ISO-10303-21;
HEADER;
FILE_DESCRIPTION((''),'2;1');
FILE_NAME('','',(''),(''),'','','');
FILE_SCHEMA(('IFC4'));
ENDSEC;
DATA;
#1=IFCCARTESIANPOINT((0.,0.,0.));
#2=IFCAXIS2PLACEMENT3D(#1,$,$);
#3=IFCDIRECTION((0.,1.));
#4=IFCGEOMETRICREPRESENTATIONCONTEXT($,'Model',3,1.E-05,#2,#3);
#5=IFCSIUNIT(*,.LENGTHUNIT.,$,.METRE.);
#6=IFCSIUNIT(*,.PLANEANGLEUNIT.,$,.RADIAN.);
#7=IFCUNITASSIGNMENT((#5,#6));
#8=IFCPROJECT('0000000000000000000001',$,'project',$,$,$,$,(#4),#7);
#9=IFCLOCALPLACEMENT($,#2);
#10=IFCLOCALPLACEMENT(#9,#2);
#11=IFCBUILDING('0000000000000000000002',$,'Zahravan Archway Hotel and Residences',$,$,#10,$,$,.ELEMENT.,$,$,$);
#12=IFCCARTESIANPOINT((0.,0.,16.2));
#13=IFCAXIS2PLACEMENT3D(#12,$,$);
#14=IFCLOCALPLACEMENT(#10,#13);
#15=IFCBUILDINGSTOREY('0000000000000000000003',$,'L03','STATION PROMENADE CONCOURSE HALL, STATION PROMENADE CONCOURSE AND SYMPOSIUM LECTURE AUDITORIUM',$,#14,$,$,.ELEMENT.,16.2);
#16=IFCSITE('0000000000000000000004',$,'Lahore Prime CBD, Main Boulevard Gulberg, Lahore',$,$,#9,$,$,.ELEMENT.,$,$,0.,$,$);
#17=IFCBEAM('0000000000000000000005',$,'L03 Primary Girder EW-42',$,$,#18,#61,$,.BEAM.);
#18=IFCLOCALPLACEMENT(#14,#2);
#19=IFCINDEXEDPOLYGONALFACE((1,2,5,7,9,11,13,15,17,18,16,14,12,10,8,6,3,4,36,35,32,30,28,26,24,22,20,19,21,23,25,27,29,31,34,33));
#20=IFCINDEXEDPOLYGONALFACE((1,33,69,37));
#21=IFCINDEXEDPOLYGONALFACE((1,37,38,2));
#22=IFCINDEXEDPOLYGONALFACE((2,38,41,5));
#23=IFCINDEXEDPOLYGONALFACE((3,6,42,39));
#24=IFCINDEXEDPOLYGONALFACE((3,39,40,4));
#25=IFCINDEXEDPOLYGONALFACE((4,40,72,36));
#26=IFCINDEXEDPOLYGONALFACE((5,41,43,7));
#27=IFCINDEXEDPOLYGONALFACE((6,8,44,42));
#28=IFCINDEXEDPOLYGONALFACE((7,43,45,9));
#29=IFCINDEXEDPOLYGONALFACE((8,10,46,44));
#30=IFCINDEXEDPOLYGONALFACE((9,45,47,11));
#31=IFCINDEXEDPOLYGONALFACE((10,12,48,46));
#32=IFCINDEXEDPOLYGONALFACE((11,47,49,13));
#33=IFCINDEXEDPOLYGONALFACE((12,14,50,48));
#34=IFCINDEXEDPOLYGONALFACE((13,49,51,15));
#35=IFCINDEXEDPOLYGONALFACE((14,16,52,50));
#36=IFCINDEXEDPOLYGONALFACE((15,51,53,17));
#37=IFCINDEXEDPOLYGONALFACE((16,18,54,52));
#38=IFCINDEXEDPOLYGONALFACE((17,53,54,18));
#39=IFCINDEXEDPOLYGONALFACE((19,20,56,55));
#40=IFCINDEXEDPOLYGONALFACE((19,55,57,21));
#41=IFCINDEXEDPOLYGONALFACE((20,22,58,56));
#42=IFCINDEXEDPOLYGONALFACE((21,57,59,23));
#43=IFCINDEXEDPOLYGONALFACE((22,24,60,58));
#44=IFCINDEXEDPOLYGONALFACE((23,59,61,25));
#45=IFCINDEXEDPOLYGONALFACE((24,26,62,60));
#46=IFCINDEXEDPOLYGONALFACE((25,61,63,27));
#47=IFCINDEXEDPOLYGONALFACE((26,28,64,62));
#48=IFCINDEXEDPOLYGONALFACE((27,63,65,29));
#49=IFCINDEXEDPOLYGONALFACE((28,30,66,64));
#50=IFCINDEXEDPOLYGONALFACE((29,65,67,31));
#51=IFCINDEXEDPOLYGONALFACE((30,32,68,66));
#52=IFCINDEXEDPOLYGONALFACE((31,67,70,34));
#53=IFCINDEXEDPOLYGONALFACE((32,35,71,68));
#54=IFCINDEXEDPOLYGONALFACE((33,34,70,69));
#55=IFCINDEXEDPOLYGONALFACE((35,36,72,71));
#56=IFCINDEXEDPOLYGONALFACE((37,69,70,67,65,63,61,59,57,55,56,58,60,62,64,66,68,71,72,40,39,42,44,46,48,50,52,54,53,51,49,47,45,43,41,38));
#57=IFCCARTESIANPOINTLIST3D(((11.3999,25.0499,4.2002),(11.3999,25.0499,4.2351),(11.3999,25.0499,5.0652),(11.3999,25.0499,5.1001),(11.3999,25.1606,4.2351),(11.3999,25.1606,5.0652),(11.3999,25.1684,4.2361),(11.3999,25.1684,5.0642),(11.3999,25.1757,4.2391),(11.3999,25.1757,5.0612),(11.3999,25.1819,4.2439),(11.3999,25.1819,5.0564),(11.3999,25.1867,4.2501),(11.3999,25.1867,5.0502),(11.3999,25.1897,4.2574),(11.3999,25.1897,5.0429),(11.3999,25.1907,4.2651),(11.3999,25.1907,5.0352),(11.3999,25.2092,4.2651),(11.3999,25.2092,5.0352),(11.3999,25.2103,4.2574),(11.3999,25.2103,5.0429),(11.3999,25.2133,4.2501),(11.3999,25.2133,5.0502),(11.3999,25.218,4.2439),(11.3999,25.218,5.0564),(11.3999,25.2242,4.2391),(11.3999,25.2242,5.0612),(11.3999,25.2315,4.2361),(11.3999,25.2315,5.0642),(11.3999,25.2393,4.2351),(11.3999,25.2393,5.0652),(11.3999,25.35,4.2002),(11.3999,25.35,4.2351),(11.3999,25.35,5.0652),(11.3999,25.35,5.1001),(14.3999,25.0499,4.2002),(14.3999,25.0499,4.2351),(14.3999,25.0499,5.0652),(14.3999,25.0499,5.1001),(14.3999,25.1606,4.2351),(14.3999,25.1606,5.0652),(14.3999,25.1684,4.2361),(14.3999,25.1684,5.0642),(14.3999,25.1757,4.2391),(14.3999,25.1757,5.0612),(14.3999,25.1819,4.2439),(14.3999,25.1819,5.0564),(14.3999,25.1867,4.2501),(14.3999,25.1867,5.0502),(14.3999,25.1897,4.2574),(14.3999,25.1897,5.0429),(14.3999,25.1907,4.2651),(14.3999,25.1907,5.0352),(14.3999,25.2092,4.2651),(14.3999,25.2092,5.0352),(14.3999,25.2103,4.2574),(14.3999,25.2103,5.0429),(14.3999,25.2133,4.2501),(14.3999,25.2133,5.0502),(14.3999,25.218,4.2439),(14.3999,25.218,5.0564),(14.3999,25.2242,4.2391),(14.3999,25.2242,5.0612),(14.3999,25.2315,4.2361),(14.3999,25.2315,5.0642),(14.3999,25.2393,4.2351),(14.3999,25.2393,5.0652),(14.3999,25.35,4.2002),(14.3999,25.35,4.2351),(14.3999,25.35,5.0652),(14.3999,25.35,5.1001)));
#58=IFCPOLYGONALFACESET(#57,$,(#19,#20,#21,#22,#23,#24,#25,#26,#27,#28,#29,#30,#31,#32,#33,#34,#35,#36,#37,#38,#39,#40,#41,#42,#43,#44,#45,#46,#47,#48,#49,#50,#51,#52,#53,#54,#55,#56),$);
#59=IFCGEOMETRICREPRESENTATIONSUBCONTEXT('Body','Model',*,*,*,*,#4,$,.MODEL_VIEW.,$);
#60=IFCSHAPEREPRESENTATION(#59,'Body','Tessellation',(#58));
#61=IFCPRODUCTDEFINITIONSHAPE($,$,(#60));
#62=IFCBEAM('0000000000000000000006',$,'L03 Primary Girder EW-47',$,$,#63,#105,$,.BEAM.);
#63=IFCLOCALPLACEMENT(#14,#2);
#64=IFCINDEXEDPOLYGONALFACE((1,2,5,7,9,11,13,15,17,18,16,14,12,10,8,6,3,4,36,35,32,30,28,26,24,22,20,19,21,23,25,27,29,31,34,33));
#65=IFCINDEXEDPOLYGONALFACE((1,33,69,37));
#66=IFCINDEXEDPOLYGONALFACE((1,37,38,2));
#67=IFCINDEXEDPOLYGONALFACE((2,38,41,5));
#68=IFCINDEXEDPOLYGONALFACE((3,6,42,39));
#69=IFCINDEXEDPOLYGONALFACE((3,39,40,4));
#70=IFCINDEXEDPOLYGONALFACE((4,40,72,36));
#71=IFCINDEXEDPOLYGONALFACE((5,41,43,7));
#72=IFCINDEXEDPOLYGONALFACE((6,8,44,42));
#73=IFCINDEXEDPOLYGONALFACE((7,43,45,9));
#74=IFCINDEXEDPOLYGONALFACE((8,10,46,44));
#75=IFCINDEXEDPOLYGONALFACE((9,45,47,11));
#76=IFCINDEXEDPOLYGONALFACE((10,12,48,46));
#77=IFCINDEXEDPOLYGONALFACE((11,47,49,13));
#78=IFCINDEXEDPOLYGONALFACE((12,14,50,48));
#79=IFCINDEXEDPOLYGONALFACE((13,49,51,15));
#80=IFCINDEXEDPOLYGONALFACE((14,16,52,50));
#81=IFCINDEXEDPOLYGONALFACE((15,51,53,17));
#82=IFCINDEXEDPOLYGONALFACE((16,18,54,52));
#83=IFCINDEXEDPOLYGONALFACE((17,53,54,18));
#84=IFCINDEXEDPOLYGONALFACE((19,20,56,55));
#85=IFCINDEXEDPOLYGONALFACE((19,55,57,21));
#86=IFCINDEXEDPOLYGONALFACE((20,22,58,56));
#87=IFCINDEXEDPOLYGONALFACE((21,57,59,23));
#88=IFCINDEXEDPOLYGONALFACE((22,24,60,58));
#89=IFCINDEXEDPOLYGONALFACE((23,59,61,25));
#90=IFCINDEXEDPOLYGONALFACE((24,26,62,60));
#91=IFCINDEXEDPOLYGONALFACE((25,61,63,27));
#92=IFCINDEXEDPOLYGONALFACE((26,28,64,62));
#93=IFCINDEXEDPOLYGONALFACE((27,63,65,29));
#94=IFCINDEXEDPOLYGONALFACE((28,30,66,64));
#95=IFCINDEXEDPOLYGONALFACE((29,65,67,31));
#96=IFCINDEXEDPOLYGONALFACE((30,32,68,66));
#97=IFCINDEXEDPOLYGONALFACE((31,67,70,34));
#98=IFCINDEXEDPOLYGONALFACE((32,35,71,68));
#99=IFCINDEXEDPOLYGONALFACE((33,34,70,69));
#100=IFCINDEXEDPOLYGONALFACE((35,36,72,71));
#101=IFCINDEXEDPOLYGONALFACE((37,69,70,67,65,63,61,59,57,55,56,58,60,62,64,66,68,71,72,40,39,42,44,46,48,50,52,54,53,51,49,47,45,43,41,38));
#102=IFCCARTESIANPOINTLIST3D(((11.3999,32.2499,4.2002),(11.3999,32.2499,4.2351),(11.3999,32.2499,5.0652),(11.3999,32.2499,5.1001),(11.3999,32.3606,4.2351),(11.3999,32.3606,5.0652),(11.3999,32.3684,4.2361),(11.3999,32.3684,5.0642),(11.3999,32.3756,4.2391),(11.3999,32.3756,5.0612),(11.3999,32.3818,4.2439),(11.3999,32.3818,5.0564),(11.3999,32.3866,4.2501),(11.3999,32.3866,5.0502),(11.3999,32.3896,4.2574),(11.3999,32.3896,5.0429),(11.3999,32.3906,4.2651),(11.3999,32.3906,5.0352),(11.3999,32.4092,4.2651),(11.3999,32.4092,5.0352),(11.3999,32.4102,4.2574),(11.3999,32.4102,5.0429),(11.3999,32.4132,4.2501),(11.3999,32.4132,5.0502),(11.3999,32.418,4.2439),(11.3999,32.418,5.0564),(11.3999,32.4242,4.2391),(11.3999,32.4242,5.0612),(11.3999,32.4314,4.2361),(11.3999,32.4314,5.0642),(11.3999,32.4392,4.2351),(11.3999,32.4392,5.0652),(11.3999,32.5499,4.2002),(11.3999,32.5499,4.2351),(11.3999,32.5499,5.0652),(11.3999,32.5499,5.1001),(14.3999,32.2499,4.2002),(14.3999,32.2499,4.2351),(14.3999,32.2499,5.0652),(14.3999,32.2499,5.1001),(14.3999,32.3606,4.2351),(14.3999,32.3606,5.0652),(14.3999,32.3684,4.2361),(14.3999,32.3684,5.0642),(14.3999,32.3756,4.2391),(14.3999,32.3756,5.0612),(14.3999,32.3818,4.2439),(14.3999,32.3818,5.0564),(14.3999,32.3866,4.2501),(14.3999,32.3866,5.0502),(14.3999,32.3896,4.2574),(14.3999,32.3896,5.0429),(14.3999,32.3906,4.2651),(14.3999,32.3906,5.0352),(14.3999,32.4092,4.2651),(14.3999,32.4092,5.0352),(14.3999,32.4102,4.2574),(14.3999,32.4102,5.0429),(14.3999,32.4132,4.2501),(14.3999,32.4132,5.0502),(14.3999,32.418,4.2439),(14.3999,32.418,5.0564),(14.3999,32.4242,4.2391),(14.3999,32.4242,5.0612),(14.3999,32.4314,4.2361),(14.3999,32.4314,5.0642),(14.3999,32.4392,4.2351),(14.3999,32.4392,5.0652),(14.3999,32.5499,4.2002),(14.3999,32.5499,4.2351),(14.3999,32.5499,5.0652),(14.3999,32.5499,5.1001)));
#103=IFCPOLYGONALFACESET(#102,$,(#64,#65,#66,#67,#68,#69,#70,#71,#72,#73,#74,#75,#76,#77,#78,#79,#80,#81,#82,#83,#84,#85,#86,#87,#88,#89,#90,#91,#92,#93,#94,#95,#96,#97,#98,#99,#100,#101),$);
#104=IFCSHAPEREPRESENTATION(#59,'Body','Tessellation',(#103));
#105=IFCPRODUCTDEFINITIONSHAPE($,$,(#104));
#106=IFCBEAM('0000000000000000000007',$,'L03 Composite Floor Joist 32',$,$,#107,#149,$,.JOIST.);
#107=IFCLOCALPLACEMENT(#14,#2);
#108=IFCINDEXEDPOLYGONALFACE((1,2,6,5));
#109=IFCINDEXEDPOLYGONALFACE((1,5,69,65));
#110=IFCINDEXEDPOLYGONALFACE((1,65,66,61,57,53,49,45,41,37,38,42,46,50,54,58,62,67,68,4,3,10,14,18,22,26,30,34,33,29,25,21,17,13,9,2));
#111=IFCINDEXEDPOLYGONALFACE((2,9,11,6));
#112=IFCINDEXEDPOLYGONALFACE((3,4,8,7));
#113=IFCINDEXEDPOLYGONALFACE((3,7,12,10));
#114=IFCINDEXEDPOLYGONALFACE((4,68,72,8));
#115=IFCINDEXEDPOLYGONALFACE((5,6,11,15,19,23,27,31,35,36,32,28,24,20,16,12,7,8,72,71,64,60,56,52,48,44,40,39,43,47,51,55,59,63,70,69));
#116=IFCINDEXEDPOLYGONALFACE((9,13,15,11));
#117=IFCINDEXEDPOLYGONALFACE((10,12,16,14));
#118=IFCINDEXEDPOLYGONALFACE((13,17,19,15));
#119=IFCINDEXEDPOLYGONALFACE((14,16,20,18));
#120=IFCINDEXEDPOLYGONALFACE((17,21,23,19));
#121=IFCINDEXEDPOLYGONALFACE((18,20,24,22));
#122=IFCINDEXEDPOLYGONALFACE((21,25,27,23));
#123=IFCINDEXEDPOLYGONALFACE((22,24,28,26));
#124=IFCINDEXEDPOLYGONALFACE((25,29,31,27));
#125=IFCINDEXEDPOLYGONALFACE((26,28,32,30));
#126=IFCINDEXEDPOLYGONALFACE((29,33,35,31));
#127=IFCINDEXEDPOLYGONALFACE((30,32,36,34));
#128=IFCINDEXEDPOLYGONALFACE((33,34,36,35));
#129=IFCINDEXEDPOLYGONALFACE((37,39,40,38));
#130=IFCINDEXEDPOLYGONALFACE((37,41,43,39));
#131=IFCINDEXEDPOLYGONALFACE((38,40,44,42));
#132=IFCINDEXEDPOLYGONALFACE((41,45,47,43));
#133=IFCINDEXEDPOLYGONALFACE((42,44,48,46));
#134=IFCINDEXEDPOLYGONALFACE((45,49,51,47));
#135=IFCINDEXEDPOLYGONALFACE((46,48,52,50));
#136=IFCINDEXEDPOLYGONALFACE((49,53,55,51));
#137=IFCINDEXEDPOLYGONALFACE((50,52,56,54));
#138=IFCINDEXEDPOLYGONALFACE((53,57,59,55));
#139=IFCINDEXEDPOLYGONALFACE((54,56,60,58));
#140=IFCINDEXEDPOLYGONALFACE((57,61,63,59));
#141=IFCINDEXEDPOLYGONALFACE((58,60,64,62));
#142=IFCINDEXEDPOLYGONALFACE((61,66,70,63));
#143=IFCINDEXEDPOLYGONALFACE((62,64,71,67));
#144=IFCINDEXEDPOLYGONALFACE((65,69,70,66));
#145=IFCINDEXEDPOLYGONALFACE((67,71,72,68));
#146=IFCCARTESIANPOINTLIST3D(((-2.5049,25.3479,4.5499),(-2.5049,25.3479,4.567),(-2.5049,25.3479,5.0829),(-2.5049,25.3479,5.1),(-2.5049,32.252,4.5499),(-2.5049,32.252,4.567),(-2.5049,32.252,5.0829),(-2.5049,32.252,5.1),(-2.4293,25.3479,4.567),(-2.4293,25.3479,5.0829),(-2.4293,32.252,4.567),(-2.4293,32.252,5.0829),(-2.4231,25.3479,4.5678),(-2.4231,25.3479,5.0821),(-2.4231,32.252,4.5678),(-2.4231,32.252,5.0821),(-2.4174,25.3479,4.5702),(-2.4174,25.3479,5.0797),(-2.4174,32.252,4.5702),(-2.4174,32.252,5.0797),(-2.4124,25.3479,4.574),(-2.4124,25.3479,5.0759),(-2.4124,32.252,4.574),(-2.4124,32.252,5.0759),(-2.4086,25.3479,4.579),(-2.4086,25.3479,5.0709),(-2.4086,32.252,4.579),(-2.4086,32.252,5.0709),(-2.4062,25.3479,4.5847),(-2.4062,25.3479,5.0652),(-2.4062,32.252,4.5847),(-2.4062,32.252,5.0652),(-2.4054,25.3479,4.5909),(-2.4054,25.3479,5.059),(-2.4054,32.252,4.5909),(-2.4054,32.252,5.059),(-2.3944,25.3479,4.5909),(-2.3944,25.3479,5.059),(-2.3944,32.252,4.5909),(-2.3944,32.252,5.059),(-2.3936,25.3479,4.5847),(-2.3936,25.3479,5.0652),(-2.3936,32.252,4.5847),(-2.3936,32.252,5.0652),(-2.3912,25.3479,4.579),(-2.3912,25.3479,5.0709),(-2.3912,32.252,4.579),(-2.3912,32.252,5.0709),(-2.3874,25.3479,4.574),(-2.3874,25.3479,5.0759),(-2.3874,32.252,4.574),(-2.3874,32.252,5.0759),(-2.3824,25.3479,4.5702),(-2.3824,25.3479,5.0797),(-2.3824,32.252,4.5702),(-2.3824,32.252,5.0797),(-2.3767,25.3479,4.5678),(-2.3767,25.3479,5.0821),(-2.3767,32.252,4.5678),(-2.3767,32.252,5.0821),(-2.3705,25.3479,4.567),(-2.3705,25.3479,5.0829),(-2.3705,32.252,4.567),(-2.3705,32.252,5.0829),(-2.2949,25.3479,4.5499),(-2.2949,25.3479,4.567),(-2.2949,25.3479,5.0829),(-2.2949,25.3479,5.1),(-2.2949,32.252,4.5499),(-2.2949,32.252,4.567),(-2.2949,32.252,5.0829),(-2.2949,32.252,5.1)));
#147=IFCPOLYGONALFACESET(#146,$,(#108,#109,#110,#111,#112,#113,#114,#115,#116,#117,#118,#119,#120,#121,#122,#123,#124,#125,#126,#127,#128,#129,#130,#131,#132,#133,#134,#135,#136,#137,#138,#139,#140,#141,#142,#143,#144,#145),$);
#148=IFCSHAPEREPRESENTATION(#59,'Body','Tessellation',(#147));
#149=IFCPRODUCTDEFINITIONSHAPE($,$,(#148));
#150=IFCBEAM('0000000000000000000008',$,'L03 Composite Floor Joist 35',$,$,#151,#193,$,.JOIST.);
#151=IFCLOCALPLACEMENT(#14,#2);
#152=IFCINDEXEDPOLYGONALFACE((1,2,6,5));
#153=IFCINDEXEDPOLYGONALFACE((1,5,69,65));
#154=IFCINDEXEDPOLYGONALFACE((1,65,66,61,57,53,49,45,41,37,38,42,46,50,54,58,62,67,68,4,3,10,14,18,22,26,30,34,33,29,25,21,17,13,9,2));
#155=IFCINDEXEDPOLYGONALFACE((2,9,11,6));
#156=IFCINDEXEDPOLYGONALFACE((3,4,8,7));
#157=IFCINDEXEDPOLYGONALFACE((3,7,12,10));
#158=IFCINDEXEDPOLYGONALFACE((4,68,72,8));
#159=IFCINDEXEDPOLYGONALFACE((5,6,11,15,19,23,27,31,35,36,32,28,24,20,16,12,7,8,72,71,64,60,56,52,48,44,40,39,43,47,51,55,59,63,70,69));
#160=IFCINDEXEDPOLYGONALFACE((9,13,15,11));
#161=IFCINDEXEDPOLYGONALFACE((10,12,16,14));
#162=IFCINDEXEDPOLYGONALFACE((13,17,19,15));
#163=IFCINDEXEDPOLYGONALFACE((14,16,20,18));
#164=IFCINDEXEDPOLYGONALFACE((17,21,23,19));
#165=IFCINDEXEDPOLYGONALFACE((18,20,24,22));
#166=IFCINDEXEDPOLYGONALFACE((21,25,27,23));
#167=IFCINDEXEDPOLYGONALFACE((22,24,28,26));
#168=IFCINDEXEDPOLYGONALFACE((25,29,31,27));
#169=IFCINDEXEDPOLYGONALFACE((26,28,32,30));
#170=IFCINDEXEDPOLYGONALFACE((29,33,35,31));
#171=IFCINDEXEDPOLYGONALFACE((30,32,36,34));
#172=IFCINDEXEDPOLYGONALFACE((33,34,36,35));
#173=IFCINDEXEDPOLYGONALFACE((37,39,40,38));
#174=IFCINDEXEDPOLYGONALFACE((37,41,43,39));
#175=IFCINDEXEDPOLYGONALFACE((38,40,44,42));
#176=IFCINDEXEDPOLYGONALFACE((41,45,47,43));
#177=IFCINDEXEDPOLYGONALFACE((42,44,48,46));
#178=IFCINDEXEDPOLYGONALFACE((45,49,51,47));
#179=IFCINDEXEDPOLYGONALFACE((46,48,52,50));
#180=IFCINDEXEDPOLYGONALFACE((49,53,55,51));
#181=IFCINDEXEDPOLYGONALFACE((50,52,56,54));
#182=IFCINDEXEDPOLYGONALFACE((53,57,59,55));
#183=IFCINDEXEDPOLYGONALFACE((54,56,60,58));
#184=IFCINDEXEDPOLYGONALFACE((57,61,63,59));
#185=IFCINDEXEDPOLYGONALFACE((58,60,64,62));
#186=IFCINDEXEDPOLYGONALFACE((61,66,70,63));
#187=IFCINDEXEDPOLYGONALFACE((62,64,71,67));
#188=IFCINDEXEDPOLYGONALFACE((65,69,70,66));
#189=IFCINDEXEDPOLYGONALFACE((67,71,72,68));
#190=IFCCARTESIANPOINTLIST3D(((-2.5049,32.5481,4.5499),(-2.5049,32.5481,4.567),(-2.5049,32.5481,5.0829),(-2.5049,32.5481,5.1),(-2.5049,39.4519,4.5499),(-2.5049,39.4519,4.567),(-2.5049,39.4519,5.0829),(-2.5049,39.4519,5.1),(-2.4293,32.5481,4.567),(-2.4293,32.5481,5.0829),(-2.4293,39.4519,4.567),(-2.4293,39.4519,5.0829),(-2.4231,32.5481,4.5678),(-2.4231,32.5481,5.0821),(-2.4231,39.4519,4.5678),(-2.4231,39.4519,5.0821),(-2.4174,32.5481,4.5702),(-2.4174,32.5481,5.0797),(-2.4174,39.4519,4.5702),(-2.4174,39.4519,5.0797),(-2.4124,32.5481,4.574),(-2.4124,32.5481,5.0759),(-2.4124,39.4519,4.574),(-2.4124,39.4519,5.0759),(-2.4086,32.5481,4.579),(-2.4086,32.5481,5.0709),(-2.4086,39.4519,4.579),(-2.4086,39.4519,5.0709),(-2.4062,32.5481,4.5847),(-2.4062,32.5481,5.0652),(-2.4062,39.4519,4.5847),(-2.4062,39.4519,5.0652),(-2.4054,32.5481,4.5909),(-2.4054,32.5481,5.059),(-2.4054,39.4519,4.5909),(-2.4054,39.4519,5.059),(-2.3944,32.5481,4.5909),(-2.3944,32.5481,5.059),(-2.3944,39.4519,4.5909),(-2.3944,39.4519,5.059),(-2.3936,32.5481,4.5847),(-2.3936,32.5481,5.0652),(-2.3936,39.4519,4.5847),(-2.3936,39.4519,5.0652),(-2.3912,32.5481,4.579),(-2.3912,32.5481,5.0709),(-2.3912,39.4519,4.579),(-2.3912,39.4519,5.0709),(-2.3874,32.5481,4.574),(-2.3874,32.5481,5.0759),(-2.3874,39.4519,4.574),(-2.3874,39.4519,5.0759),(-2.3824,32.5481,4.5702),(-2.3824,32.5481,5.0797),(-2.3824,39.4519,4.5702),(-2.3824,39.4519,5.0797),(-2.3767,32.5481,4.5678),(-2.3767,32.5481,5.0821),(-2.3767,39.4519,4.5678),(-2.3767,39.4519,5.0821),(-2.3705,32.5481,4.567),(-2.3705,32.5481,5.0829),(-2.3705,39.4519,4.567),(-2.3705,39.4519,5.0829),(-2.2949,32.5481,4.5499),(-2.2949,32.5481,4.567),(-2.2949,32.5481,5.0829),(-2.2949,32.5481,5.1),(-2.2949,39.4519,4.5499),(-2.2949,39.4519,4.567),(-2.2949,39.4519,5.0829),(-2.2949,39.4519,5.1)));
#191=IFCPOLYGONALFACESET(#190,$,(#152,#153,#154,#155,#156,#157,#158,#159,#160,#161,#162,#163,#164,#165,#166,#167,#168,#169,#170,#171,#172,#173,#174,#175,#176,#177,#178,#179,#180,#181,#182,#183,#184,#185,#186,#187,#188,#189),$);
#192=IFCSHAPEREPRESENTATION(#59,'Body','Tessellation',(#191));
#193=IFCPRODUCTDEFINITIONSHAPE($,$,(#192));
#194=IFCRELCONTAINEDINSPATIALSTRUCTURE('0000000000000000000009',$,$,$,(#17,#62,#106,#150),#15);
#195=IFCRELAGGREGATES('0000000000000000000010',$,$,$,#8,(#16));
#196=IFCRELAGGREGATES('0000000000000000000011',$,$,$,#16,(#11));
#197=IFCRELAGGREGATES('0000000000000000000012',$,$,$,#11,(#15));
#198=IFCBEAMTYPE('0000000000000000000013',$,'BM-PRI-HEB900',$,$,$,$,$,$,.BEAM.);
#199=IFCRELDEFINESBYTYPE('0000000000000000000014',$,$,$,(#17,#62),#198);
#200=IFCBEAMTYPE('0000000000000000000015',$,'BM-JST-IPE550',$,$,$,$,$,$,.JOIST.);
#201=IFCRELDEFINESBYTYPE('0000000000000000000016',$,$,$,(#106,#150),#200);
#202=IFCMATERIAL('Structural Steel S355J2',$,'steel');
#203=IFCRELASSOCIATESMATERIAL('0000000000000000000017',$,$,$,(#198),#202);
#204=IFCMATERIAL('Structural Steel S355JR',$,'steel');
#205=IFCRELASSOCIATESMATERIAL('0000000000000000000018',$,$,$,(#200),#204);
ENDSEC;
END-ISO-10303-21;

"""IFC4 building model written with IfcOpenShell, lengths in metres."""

from ifc_helpers import new_model, si_unit, direction, frame, origin, origin_2d, place, context, subcontext, project, spatial, i_section, extrude, source, transform, mapped, material, material_profile, profile_set, type_object, type_shapes, element, save


model = new_model("IFC4")

# Units and contexts
model_context = context("Model", 3, precision=1e-05, world=origin(), true_north=direction((0.0, 1.0)))
body_context = subcontext(model_context, "Body", "Model", "MODEL_VIEW")
ifc_project = project(units=[si_unit("LENGTHUNIT", "METRE"), si_unit("PLANEANGLEUNIT", "RADIAN")], contexts=[model_context])

# Site, building, storey
site_placement = place(None, origin())
site = spatial("IfcSite", under=ifc_project, at=site_placement, Name="Lahore Prime CBD, Main Boulevard Gulberg, Lahore", CompositionType="ELEMENT", RefElevation=0.0)
building_placement = place(site_placement, origin())
building = spatial("IfcBuilding", under=site, at=building_placement, Name="Zahravan Archway Hotel and Residences", CompositionType="ELEMENT")
storey_placement = place(building_placement, frame((0.0, 0.0, 16.2)))
storey = spatial("IfcBuildingStorey", under=building, at=storey_placement, Name="L03", Description="STATION PROMENADE CONCOURSE HALL, STATION PROMENADE CONCOURSE AND SYMPOSIUM LECTURE AUDITORIUM", CompositionType="ELEMENT", Elevation=16.2)

# Beams
ifc_material_1 = material(Name="Structural Steel S355J2", Category="steel")
ifc_material_profile_1 = material_profile(ifc_material_1, i_section(OverallWidth=0.3, OverallDepth=0.8999, WebThickness=0.0186, FlangeThickness=0.0349, FilletRadius=0.03, at=origin_2d()), Name="HEB 900", Category="steel")
ifc_profile_set_1 = profile_set([ifc_material_profile_1], Name="Structural Steel S355J2")
beam_type_1 = type_object("IfcBeamType", Name="BM-PRI-HEB900", PredefinedType="BEAM", material=ifc_profile_set_1)
shared_shape_1 = source(origin(), body_context, "Body", "SweptSolid", [
    extrude(i_section(OverallWidth=0.3, OverallDepth=0.8999, WebThickness=0.0186, FlangeThickness=0.0349, FilletRadius=0.03, at=origin_2d()), origin(), (0.0, 0.0, 1.0), 3.0),
])
for number, where, z_axis, x_axis, name in (
    (1, (11.3999, 25.2, 4.6501), (1.0, 0.0, 0.0), (0.0, 1.0, 0.0), "L03 Primary Girder EW-42"),
    (2, (11.3999, 32.3999, 4.6501), (1.0, 0.0, 0.0), (0.0, 1.0, 0.0), "L03 Primary Girder EW-47"),
):
    element("IfcBeam", number, at=place(storey_placement, frame(where, z_axis=z_axis, x_axis=x_axis)), inside=storey, type_object=beam_type_1, Name=name, PredefinedType="BEAM", context=body_context, shape_type="MappedRepresentation", body=[
        mapped(shared_shape_1, transform((0.0, 0.0, 0.0), scale=1.0)),
    ])
ifc_material_2 = material(Name="Structural Steel S355JR", Category="steel")
ifc_material_profile_2 = material_profile(ifc_material_2, i_section(OverallWidth=0.21, OverallDepth=0.55, WebThickness=0.011, FlangeThickness=0.0171, FilletRadius=0.0239, at=origin_2d()), Name="IPE 550", Category="steel")
ifc_profile_set_2 = profile_set([ifc_material_profile_2], Name="Structural Steel S355JR")
beam_type_2 = type_object("IfcBeamType", Name="BM-JST-IPE550", PredefinedType="JOIST", material=ifc_profile_set_2)
shared_shape_2 = source(origin(), body_context, "Body", "SweptSolid", [
    extrude(i_section(OverallWidth=0.21, OverallDepth=0.55, WebThickness=0.011, FlangeThickness=0.0171, FilletRadius=0.0239, at=origin_2d()), origin(), (0.0, 0.0, 1.0), 6.9041),
])
type_shapes(beam_type_2, [shared_shape_2])
beam_1_placement = place(storey_placement, frame((-2.3999, 25.3479, 4.825), z_axis=(0.0, 1.0, 0.0), x_axis=(-1.0, 0.0, 0.0)))
element("IfcBeam", 3, at=beam_1_placement, inside=storey, type_object=beam_type_2, Name="L03 Composite Floor Joist 32", PredefinedType="JOIST", context=body_context, shape_type="MappedRepresentation", body=[
    mapped(shared_shape_2, transform((0.0, 0.0, 0.0), scale=1.0)),
])
shared_shape_3 = source(origin(), body_context, "Body", "SweptSolid", [
    extrude(i_section(OverallWidth=0.21, OverallDepth=0.55, WebThickness=0.011, FlangeThickness=0.0171, FilletRadius=0.0239, at=origin_2d()), origin(), (0.0, 0.0, 1.0), 6.9038),
])
beam_2_placement = place(storey_placement, frame((-2.3999, 32.5481, 4.825), z_axis=(0.0, 1.0, 0.0), x_axis=(-1.0, 0.0, 0.0)))
element("IfcBeam", 4, at=beam_2_placement, inside=storey, type_object=beam_type_2, Name="L03 Composite Floor Joist 35", PredefinedType="JOIST", context=body_context, shape_type="MappedRepresentation", body=[
    mapped(shared_shape_3, transform((0.0, 0.0, 0.0), scale=1.0)),
])

save(model, "model.ifc")
